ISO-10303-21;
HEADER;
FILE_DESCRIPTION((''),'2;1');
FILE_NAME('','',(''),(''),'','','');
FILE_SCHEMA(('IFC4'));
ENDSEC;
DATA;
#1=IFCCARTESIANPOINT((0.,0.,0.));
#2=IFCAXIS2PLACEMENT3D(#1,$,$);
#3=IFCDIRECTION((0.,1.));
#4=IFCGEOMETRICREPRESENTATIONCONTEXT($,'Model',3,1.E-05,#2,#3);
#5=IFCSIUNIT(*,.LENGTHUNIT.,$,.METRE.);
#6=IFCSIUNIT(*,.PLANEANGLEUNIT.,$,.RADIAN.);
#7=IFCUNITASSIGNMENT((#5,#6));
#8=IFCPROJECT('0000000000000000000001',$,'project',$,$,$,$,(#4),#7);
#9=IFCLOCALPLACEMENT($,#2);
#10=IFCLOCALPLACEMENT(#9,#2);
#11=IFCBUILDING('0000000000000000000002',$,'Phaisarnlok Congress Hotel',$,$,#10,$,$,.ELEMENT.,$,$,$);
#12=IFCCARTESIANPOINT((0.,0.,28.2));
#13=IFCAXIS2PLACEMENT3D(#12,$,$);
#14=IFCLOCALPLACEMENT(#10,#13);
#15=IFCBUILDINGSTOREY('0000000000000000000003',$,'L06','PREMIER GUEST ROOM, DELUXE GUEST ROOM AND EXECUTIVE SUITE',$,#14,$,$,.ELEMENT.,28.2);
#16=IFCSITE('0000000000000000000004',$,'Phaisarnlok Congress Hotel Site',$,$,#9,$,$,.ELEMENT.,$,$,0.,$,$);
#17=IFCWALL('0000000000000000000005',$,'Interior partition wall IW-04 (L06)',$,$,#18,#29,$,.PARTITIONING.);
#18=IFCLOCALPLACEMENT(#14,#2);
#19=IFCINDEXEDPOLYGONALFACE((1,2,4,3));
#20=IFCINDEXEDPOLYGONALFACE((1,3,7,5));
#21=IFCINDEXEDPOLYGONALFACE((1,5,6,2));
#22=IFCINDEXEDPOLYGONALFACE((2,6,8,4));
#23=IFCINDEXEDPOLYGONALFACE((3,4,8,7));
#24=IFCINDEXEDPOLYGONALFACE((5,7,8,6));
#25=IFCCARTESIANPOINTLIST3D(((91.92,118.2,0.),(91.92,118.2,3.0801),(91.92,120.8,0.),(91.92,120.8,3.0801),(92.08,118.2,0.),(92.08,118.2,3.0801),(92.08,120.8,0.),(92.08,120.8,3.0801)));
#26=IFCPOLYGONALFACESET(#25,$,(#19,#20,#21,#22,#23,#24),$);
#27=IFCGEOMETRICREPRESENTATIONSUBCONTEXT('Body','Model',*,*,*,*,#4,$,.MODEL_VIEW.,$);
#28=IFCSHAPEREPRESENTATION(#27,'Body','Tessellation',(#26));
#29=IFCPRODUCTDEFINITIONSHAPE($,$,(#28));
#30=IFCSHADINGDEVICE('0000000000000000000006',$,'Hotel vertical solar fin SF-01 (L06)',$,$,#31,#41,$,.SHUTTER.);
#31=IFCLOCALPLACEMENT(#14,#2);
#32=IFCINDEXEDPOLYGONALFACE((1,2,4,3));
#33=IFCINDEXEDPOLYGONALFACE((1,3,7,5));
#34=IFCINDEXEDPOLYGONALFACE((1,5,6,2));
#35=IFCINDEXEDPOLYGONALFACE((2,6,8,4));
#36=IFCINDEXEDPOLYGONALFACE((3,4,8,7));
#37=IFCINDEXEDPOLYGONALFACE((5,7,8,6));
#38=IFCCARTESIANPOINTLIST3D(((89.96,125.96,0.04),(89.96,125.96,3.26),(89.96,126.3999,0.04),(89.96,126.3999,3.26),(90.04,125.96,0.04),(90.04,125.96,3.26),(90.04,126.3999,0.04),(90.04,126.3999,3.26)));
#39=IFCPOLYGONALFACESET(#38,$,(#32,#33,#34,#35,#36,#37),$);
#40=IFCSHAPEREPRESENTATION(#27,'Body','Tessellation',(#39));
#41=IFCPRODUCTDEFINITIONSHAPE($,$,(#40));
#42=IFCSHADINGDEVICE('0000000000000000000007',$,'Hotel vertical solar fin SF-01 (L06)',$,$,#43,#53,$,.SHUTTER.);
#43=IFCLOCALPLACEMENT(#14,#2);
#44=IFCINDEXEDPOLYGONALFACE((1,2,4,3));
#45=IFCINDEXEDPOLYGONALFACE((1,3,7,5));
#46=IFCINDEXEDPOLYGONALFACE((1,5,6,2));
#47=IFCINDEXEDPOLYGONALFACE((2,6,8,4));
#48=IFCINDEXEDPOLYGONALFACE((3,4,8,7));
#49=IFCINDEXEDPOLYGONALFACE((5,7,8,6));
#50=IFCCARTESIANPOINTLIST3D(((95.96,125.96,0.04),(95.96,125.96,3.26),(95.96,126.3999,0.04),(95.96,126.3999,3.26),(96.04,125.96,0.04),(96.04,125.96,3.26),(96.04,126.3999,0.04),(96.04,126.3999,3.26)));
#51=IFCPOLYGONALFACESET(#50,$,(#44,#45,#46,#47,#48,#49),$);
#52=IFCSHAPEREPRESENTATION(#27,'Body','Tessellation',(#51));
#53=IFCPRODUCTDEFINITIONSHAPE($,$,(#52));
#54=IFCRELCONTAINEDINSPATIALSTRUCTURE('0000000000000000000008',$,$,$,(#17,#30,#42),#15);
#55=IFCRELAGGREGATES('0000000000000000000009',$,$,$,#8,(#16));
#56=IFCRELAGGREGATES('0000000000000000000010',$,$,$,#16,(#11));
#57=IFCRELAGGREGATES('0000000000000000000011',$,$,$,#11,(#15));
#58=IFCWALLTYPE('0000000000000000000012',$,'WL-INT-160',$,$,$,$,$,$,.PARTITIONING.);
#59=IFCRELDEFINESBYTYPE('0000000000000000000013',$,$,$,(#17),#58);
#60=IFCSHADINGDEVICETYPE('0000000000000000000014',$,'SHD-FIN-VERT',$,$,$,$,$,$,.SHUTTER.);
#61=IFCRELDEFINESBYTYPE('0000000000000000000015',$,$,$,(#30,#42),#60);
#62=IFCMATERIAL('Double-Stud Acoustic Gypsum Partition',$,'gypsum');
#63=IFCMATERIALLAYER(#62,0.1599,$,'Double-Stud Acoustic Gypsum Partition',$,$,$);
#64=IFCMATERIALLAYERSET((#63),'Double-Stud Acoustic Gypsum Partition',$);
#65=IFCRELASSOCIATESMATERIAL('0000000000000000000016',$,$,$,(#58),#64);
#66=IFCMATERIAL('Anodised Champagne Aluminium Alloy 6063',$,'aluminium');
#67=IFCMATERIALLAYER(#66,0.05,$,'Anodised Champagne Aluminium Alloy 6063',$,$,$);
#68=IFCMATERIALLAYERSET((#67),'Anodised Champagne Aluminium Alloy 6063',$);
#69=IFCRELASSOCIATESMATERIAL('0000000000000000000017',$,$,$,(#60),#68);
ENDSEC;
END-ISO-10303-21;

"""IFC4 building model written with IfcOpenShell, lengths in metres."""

from ifc_helpers import new_model, si_unit, direction, frame, frame_2d, origin, origin_2d, place, context, subcontext, project, spatial, rectangle, extrude, material, layer, layer_set, type_object, element, save


model = new_model("IFC4")

# Units and contexts
model_context = context("Model", 3, precision=1e-05, world=origin(), true_north=direction((0.0, 1.0)))
body_context = subcontext(model_context, "Body", "Model", "MODEL_VIEW")
ifc_project = project(units=[si_unit("LENGTHUNIT", "METRE"), si_unit("PLANEANGLEUNIT", "RADIAN")], contexts=[model_context])

# Site, building, storey
site_placement = place(None, origin())
site = spatial("IfcSite", under=ifc_project, at=site_placement, Name="Phaisarnlok Congress Hotel Site", CompositionType="ELEMENT", RefElevation=0.0)
building_placement = place(site_placement, origin())
building = spatial("IfcBuilding", under=site, at=building_placement, Name="Phaisarnlok Congress Hotel", CompositionType="ELEMENT")
storey_placement = place(building_placement, frame((0.0, 0.0, 28.2)))
storey = spatial("IfcBuildingStorey", under=building, at=storey_placement, Name="L06", Description="PREMIER GUEST ROOM, DELUXE GUEST ROOM AND EXECUTIVE SUITE", CompositionType="ELEMENT", Elevation=28.2)

# Wall
ifc_material_1 = material(Name="Double-Stud Acoustic Gypsum Partition", Category="gypsum")
ifc_layer_1 = layer(ifc_material_1, 0.1599, Name="Double-Stud Acoustic Gypsum Partition")
ifc_layer_set_1 = layer_set([ifc_layer_1], Name="Double-Stud Acoustic Gypsum Partition")
wall_type_1 = type_object("IfcWallType", Name="WL-INT-160", PredefinedType="PARTITIONING", material=ifc_layer_set_1)
wall_1_placement = place(storey_placement, frame((92.0, 118.2, 0.0), z_axis=(0.0, 0.0, 1.0), x_axis=(0.0, 1.0, 0.0)))
element("IfcWall", 1, at=wall_1_placement, inside=storey, type_object=wall_type_1, Name="Interior partition wall IW-04 (L06)", PredefinedType="PARTITIONING", context=body_context, shape_type="SweptSolid", body=[
    extrude(rectangle(XDim=2.6001, YDim=0.1599, at=frame_2d((1.3, 0.0))), origin(), (0.0, 0.0, 1.0), 3.0801),
])

# Shading devices
ifc_material_2 = material(Name="Anodised Champagne Aluminium Alloy 6063", Category="aluminium")
ifc_layer_2 = layer(ifc_material_2, 0.05, Name="Anodised Champagne Aluminium Alloy 6063")
ifc_layer_set_2 = layer_set([ifc_layer_2], Name="Anodised Champagne Aluminium Alloy 6063")
shading_device_type = type_object("IfcShadingDeviceType", Name="SHD-FIN-VERT", PredefinedType="SHUTTER", material=ifc_layer_set_2)
for number, where, z_axis, x_axis, name in (
    (2, (90.0, 126.1799, 0.04), (0.0, 0.0, 1.0), (1.0, 0.0, 0.0), "Hotel vertical solar fin SF-01 (L06)"),
    (3, (96.0, 126.1799, 0.04), (0.0, 0.0, 1.0), (1.0, 0.0, 0.0), "Hotel vertical solar fin SF-01 (L06)"),
):
    element("IfcShadingDevice", number, at=place(storey_placement, frame(where, z_axis=z_axis, x_axis=x_axis)), inside=storey, type_object=shading_device_type, Name=name, PredefinedType="SHUTTER", context=body_context, shape_type="SweptSolid", body=[
        extrude(rectangle(XDim=0.0801, YDim=0.4399, at=origin_2d()), origin(), (0.0, 0.0, 1.0), 3.22),
    ])

save(model, "model.ifc")
